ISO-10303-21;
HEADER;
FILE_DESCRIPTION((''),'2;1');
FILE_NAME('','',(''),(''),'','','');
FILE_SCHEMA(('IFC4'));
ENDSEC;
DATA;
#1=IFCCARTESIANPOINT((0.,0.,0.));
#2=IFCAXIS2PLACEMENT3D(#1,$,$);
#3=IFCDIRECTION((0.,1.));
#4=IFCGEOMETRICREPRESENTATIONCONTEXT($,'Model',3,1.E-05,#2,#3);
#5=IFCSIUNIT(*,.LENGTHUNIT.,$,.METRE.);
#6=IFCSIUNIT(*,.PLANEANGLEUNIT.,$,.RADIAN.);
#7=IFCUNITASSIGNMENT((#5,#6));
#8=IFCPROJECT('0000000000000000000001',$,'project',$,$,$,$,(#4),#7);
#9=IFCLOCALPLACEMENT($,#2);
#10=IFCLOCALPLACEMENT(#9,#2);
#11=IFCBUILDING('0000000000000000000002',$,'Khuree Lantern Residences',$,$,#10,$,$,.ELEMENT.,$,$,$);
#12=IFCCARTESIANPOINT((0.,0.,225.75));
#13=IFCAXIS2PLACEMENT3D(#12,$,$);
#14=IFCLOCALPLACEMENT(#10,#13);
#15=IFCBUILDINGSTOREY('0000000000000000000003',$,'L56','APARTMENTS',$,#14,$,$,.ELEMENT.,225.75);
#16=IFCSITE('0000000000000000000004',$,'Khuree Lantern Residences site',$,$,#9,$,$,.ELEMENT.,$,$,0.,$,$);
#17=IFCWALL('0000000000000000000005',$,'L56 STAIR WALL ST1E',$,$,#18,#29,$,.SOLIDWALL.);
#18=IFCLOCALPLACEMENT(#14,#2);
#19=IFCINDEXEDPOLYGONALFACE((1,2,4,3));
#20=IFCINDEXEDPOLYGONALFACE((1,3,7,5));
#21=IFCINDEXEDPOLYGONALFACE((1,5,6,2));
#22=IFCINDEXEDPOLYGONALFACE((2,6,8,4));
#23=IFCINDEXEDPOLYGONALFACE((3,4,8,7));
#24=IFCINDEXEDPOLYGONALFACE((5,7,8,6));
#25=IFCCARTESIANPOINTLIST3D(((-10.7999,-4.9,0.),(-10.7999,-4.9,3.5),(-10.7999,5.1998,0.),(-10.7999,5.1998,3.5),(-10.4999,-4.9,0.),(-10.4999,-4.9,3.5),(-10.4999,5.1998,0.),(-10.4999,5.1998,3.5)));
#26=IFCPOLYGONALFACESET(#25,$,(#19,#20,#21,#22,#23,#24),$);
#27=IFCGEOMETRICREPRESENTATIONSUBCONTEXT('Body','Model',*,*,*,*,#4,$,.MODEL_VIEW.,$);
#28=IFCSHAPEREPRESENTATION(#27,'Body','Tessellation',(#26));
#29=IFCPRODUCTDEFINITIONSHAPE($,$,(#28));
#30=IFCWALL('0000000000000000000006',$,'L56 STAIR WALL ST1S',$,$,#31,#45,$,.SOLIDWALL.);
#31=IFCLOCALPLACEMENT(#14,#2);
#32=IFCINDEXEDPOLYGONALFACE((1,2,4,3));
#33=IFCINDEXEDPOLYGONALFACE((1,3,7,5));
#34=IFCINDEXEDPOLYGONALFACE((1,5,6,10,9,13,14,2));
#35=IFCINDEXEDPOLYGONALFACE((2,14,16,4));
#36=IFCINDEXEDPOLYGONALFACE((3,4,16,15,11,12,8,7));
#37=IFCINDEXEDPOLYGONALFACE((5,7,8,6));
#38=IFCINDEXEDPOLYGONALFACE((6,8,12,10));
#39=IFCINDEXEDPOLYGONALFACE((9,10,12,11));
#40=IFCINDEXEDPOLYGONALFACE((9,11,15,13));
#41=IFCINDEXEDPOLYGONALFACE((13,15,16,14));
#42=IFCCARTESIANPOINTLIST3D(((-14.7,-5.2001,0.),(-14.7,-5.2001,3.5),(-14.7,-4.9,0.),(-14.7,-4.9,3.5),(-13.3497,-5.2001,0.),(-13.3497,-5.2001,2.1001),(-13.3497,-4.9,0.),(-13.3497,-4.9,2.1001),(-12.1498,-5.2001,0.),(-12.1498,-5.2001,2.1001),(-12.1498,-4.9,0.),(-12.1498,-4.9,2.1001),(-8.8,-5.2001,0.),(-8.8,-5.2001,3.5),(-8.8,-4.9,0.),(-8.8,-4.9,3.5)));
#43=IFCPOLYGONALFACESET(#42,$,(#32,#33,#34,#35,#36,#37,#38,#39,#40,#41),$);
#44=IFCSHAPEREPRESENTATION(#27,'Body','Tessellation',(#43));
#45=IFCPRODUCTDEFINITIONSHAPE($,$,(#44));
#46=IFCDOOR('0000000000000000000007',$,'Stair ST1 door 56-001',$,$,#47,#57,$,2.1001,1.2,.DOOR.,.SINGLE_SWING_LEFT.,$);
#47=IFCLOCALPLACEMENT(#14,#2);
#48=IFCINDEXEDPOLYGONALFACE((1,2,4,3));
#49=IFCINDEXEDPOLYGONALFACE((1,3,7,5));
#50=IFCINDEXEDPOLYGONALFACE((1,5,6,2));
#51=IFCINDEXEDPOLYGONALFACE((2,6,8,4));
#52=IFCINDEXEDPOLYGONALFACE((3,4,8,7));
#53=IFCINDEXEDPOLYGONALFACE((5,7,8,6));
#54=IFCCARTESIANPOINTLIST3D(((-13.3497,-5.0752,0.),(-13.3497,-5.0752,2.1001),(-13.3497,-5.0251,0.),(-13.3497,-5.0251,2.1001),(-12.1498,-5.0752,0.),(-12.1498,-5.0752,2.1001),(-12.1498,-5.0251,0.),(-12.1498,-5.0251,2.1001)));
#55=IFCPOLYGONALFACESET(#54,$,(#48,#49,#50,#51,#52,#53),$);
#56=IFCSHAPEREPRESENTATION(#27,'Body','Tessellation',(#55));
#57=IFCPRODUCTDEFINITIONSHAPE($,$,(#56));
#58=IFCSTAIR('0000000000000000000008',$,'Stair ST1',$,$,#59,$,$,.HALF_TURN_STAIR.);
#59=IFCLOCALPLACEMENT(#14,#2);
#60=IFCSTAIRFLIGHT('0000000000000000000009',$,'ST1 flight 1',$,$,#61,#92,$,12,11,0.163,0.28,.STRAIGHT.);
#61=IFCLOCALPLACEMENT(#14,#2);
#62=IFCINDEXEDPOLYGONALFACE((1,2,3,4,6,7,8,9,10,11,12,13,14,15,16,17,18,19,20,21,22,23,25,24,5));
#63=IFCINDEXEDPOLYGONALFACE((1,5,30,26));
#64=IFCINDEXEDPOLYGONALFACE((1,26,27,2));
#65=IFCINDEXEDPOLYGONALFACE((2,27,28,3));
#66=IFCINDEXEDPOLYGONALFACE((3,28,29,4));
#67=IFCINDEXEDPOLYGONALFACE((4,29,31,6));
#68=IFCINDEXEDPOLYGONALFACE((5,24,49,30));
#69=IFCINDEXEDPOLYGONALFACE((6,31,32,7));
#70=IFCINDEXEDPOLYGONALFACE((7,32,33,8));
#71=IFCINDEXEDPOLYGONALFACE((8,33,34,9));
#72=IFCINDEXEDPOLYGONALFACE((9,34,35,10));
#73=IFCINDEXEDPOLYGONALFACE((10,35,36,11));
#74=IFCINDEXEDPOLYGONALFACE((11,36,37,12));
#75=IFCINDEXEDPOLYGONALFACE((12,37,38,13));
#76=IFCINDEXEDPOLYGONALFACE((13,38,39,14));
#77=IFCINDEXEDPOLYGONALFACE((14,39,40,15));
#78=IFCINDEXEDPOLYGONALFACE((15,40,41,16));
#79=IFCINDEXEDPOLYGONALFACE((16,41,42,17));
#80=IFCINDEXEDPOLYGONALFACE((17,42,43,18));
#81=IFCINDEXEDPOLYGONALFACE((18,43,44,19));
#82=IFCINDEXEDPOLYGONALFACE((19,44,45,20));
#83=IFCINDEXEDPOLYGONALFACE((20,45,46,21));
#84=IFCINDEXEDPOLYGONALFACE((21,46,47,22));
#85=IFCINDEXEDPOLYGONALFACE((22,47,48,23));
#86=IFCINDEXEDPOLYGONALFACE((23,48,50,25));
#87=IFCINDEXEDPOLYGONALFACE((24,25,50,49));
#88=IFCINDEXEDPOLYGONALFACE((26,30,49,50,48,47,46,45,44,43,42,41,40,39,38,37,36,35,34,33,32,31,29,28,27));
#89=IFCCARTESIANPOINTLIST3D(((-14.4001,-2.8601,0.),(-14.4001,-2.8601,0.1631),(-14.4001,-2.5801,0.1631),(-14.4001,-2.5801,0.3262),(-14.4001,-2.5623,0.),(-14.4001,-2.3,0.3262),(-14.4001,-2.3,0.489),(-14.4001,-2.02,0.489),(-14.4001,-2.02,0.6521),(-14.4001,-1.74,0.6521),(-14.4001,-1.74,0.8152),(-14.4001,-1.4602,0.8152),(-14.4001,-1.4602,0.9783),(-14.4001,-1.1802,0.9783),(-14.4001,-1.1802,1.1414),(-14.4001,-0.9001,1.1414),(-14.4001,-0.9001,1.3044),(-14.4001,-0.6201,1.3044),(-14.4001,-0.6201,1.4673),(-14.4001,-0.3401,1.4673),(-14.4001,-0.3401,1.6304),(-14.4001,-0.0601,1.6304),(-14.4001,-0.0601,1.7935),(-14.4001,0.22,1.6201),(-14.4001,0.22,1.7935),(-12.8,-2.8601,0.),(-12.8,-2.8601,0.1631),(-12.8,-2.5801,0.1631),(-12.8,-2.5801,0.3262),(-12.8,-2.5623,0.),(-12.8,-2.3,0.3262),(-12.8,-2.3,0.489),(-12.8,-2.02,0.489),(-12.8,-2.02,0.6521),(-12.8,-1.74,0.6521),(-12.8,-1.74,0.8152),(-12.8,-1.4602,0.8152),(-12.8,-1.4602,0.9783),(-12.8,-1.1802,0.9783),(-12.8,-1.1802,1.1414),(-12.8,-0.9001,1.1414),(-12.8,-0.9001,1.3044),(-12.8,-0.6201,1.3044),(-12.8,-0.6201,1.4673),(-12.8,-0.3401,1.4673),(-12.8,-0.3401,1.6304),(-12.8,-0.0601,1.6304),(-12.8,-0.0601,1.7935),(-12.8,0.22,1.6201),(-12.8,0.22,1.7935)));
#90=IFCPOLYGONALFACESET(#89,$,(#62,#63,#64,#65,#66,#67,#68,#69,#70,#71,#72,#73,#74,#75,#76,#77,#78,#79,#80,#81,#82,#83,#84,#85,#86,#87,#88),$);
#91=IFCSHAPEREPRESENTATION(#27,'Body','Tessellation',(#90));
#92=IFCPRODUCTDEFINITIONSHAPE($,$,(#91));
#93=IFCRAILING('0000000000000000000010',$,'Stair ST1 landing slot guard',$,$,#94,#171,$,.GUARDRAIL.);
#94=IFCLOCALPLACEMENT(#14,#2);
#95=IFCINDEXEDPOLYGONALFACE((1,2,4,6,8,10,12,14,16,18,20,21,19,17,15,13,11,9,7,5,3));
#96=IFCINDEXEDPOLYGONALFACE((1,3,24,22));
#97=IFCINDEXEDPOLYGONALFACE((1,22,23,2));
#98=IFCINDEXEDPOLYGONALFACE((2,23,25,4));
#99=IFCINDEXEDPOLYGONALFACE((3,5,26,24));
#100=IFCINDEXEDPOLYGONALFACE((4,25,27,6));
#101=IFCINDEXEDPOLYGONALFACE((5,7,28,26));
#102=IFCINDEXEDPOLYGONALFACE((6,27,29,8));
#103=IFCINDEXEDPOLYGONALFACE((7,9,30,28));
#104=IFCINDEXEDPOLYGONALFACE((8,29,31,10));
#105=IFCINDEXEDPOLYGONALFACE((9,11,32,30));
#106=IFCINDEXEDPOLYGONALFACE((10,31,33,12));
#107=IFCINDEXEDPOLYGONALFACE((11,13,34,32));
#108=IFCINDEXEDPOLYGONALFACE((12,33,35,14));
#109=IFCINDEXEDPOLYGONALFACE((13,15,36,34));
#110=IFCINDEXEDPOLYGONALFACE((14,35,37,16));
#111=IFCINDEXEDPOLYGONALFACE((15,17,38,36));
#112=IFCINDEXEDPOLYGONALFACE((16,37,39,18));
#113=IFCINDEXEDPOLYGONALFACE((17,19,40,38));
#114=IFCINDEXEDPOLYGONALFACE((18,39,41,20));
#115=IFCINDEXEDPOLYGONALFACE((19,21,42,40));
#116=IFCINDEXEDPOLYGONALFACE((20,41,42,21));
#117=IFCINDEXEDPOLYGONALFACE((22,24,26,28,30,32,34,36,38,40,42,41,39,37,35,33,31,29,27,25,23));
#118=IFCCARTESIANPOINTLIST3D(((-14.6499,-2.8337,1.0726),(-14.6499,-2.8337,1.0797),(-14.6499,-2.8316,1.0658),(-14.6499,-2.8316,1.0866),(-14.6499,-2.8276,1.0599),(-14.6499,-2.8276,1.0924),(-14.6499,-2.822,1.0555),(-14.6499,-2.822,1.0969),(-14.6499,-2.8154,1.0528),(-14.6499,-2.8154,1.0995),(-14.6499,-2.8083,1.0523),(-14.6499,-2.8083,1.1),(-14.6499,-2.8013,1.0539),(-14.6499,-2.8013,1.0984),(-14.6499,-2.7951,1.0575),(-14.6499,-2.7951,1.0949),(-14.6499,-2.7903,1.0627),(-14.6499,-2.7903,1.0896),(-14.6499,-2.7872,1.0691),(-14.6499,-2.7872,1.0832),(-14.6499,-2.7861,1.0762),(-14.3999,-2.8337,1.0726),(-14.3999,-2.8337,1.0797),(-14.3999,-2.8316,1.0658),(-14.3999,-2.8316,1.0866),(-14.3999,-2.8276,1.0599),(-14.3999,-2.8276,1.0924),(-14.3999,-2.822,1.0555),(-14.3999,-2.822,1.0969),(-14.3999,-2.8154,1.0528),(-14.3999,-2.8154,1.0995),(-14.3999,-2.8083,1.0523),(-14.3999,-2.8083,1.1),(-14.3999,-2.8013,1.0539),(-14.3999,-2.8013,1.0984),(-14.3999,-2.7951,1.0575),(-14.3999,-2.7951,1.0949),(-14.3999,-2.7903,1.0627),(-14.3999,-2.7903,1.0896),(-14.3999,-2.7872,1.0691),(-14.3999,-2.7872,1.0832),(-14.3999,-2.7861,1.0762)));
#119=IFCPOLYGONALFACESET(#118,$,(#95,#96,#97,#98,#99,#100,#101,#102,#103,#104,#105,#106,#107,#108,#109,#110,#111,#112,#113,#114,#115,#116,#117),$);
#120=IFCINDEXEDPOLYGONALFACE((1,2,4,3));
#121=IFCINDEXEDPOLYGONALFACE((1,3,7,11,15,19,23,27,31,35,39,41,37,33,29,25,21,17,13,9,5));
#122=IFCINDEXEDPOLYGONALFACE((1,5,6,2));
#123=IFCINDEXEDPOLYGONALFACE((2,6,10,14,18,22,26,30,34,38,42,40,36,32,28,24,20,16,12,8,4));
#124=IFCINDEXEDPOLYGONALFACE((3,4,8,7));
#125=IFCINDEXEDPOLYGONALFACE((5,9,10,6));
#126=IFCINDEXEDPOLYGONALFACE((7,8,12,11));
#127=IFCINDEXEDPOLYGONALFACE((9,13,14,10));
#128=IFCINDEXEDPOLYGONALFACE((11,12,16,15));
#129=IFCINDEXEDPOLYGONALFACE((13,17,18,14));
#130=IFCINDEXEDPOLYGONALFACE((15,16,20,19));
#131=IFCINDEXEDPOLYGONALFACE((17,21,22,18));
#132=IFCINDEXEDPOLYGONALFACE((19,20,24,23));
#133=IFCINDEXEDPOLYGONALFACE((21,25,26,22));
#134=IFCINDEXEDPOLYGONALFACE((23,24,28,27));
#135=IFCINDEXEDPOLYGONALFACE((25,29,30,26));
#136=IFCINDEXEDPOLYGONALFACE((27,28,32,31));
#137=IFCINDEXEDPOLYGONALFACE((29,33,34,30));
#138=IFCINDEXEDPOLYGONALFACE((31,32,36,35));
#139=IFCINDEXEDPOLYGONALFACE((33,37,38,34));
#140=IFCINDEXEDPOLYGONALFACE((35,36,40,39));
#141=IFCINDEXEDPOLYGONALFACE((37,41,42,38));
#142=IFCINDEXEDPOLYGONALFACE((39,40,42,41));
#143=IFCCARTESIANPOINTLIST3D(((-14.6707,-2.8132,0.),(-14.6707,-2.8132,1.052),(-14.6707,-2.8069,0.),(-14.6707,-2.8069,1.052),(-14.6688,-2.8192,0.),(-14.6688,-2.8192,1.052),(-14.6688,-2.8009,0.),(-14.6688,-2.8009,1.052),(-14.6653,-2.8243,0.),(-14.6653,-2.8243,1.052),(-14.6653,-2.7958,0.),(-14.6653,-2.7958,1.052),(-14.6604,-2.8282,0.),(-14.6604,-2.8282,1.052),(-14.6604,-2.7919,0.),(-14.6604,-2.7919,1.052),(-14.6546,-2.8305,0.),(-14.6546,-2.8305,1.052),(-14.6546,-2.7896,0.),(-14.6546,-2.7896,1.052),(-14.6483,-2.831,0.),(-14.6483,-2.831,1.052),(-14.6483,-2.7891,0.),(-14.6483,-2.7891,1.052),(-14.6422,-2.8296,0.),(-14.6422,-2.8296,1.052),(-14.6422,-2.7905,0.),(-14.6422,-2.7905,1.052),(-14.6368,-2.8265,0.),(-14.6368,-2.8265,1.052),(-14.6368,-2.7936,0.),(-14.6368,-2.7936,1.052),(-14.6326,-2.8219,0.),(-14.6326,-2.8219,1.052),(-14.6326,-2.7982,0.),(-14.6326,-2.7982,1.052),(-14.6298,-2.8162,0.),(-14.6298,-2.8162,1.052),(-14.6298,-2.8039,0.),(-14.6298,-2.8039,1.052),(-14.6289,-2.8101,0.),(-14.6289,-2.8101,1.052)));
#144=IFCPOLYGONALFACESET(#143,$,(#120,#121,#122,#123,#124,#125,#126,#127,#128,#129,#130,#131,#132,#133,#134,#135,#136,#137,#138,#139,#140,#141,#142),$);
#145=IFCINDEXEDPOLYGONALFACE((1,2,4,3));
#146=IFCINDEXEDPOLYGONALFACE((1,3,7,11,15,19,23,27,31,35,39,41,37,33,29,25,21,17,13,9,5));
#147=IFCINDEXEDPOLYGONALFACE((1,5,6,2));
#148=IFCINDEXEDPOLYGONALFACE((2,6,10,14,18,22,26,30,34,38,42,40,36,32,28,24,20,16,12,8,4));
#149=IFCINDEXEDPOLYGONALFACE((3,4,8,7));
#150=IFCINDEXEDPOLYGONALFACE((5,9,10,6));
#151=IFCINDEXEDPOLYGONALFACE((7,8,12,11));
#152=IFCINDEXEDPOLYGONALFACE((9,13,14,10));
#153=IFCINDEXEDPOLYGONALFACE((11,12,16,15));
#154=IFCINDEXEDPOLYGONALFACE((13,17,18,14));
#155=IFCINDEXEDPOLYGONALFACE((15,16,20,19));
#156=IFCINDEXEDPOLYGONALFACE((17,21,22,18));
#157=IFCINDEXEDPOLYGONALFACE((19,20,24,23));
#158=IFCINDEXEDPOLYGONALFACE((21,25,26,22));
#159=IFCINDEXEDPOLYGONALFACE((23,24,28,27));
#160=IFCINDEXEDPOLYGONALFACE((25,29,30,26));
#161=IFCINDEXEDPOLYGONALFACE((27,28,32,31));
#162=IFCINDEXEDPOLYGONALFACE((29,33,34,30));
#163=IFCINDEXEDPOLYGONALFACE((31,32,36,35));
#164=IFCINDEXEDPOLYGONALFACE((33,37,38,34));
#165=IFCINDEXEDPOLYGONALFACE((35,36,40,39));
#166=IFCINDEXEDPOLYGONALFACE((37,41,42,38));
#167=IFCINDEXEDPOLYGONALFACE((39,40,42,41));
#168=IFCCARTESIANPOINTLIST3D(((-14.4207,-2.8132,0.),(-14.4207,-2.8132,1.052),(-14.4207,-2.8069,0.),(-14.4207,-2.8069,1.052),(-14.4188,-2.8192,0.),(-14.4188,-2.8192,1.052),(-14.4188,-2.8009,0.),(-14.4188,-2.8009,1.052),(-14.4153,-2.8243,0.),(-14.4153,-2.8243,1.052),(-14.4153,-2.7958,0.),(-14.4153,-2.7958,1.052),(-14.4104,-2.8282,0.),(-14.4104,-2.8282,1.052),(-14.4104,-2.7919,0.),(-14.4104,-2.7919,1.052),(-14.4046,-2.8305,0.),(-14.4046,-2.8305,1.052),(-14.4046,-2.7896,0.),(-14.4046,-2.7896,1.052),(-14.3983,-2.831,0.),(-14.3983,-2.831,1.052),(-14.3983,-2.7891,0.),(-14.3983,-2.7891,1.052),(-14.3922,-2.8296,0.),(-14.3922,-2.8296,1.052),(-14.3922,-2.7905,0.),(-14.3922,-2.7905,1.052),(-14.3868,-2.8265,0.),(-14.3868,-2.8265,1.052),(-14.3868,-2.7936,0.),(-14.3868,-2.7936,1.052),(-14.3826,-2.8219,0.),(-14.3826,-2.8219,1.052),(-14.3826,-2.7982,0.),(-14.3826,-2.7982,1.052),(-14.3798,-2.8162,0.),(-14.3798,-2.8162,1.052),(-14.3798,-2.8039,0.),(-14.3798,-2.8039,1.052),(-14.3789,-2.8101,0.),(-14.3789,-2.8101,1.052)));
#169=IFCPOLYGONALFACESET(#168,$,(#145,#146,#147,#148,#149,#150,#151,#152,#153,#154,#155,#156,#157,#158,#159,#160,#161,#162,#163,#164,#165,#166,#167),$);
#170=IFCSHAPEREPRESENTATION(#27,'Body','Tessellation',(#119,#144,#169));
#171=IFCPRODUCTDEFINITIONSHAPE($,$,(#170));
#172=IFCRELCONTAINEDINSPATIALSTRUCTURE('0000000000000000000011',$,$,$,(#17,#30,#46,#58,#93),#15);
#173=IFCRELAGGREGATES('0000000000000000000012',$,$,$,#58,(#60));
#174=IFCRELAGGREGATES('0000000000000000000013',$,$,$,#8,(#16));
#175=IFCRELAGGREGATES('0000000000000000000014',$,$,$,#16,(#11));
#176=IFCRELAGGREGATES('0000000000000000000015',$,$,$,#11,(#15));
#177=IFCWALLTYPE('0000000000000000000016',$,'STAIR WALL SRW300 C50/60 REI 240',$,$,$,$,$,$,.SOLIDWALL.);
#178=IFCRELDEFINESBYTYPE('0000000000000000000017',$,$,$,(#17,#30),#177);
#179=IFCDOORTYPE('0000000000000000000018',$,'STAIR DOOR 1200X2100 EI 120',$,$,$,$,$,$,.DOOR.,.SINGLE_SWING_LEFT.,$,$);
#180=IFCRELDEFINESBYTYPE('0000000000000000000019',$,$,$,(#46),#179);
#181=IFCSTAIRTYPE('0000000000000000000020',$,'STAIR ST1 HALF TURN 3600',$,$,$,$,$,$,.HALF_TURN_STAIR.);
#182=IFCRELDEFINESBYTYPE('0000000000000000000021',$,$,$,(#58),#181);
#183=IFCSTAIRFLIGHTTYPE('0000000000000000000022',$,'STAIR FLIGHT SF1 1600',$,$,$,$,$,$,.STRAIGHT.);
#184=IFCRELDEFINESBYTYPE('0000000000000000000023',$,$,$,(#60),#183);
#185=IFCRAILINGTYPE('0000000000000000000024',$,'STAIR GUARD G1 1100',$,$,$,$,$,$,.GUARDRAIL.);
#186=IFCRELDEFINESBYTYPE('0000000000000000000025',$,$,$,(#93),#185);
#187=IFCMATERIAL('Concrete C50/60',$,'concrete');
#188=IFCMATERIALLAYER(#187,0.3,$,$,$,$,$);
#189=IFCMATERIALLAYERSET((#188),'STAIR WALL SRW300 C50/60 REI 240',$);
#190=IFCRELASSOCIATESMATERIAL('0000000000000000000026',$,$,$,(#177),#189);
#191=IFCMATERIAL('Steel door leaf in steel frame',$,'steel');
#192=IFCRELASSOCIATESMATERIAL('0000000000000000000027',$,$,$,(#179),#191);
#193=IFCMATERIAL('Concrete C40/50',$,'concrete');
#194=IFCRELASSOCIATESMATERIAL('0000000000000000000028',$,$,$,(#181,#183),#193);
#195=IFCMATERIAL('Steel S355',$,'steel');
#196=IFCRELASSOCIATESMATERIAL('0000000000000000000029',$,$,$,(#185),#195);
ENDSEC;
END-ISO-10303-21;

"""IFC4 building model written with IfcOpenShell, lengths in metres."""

from ifc_helpers import new_model, si_unit, direction, frame, frame_2d, origin, origin_2d, place, context, subcontext, project, spatial, polyline, rectangle, circle, outline, extrude, material, layer, layer_set, type_object, element, fill, aggregate, save


model = new_model("IFC4")

# Units and contexts
model_context = context("Model", 3, precision=1e-05, world=origin(), true_north=direction((0.0, 1.0)))
body_context = subcontext(model_context, "Body", "Model", "MODEL_VIEW")
ifc_project = project(units=[si_unit("LENGTHUNIT", "METRE"), si_unit("PLANEANGLEUNIT", "RADIAN")], contexts=[model_context])

# Site, building, storey
site_placement = place(None, origin())
site = spatial("IfcSite", under=ifc_project, at=site_placement, Name="Khuree Lantern Residences site", CompositionType="ELEMENT", RefElevation=0.0)
building_placement = place(site_placement, origin())
building = spatial("IfcBuilding", under=site, at=building_placement, Name="Khuree Lantern Residences", CompositionType="ELEMENT")
storey_placement = place(building_placement, frame((0.0, 0.0, 225.75)))
storey = spatial("IfcBuildingStorey", under=building, at=storey_placement, Name="L56", Description="APARTMENTS", CompositionType="ELEMENT", Elevation=225.75)

# Shared definitions
ifc_material_1 = material(Name="Steel door leaf in steel frame", Category="steel")

# Wall
ifc_material_2 = material(Name="Concrete C50/60", Category="concrete")
ifc_layer_1 = layer(ifc_material_2, 0.3)
ifc_layer_set_1 = layer_set([ifc_layer_1], Name="STAIR WALL SRW300 C50/60 REI 240")
wall_type_1 = type_object("IfcWallType", Name="STAIR WALL SRW300 C50/60 REI 240", PredefinedType="SOLIDWALL", material=ifc_layer_set_1)
wall_1_placement = place(storey_placement, frame((-10.6499, -4.8999, 0.0), z_axis=(0.0, 0.0, 1.0), x_axis=(0.0, 1.0, 0.0)))
element("IfcWall", 1, at=wall_1_placement, inside=storey, type_object=wall_type_1, Name="L56 STAIR WALL ST1E", PredefinedType="SOLIDWALL", context=body_context, shape_type="SweptSolid", body=[
    extrude(rectangle(XDim=10.0999, YDim=0.3, at=frame_2d((5.0498, 0.0))), origin(), (0.0, 0.0, 1.0), 3.5),
])

# Wall, opening, door
wall_2_placement = place(storey_placement, frame((-14.7, -5.05, 0.0), z_axis=(0.0, 0.0, 1.0), x_axis=(1.0, 0.0, 0.0)))
wall_2 = element("IfcWall", 2, at=wall_2_placement, inside=storey, type_object=wall_type_1, Name="L56 STAIR WALL ST1S", PredefinedType="SOLIDWALL", context=body_context, shape_type="SweptSolid", body=[
    extrude(rectangle(XDim=5.8999, YDim=0.3, at=frame_2d((2.95, 0.0))), origin(), (0.0, 0.0, 1.0), 3.5),
])
opening_1_placement = place(wall_2_placement, frame((1.3501, 0.0, 0.0)))
opening_1 = element("IfcOpeningElement", 3, at=opening_1_placement, cuts=wall_2, PredefinedType="OPENING", context=body_context, shape_type="SweptSolid", body=[
    extrude(rectangle(XDim=1.2, YDim=2.1001, at=frame_2d((0.6001, 1.05))), frame((0.0, 0.1602, 0.0), z_axis=(0.0, -1.0, 0.0), x_axis=(1.0, 0.0, 0.0)), (0.0, 0.0, 1.0), 0.3201),
])
door_type_1 = type_object("IfcDoorType", Name="STAIR DOOR 1200X2100 EI 120", OperationType="SINGLE_SWING_LEFT", PredefinedType="DOOR", material=ifc_material_1)
door_1_placement = place(opening_1_placement, origin())
door_1 = element("IfcDoor", 4, at=door_1_placement, inside=storey, type_object=door_type_1, Name="Stair ST1 door 56-001", OperationType="SINGLE_SWING_LEFT", OverallHeight=2.1001, OverallWidth=1.2, PredefinedType="DOOR", context=body_context, shape_type="SweptSolid", body=[
    extrude(rectangle(XDim=1.2, YDim=2.1001, at=frame_2d((0.6001, 1.05))), frame((0.0, 0.0249, 0.0), z_axis=(0.0, -1.0, 0.0), x_axis=(1.0, 0.0, 0.0)), (0.0, 0.0, 1.0), 0.05),
])
fill(opening_1, door_1)

# Stair, stair flight
ifc_material_3 = material(Name="Concrete C40/50", Category="concrete")
stair_type = type_object("IfcStairType", Name="STAIR ST1 HALF TURN 3600", PredefinedType="HALF_TURN_STAIR", material=ifc_material_3)
stair_placement = place(storey_placement, origin())
stair = element("IfcStair", 5, at=stair_placement, inside=storey, type_object=stair_type, Name="Stair ST1", PredefinedType="HALF_TURN_STAIR")
stair_flight_type = type_object("IfcStairFlightType", Name="STAIR FLIGHT SF1 1600", PredefinedType="STRAIGHT", material=ifc_material_3)
stair_flight_placement = place(storey_placement, frame((-13.6001, -2.8601, 0.0), z_axis=(0.0, 0.0, 1.0), x_axis=(0.0, 1.0, 0.0)))
stair_flight = element("IfcStairFlight", 6, at=stair_flight_placement, type_object=stair_flight_type, Name="ST1 flight 1", NumberOfRisers=12, NumberOfTreads=11, PredefinedType="STRAIGHT", RiserHeight=0.163, TreadLength=0.28, context=body_context, shape_type="SweptSolid", body=[
    extrude(outline(polyline([(0.0, 0.0), (0.0, 0.1631), (0.28, 0.1631), (0.28, 0.3262), (0.5601, 0.3262), (0.5601, 0.489), (0.8401, 0.489), (0.8401, 0.6521), (1.1201, 0.6521), (1.1201, 0.8152), (1.3999, 0.8152), (1.3999, 0.9783), (1.6799, 0.9783), (1.6799, 1.1414), (1.96, 1.1414), (1.96, 1.3044), (2.24, 1.3044), (2.24, 1.4673), (2.52, 1.4673), (2.52, 1.6304), (2.8, 1.6304), (2.8, 1.7935), (3.0801, 1.7935), (3.0801, 1.9565), (3.0801, 1.6201), (0.2979, 0.0), (0.0, 0.0)])), frame((0.0, 0.8, 0.0), z_axis=(0.0, -1.0, 0.0), x_axis=(1.0, 0.0, 0.0)), (0.0, 0.0, 1.0), 1.6001),
])
aggregate(stair, [stair_flight])

# Railing
ifc_material_4 = material(Name="Steel S355", Category="steel")
railing_type_1 = type_object("IfcRailingType", Name="STAIR GUARD G1 1100", PredefinedType="GUARDRAIL", material=ifc_material_4)
railing_1_placement = place(storey_placement, frame((-14.6499, -2.8101, 0.0)))
element("IfcRailing", 7, at=railing_1_placement, inside=storey, type_object=railing_type_1, Name="Stair ST1 landing slot guard", PredefinedType="GUARDRAIL", context=body_context, shape_type="SweptSolid", body=[
    extrude(circle(Radius=0.0239, at=origin_2d()), frame((0.0, 0.0, 1.0762), z_axis=(1.0, 0.0, 0.0), x_axis=(0.0, 1.0, 0.0)), (0.0, 0.0, 1.0), 0.25),
    extrude(circle(Radius=0.021, at=origin_2d()), origin(), (0.0, 0.0, 1.0), 1.052),
    extrude(circle(Radius=0.021, at=origin_2d()), frame((0.25, 0.0, 0.0)), (0.0, 0.0, 1.0), 1.052),
])

save(model, "model.ifc")
